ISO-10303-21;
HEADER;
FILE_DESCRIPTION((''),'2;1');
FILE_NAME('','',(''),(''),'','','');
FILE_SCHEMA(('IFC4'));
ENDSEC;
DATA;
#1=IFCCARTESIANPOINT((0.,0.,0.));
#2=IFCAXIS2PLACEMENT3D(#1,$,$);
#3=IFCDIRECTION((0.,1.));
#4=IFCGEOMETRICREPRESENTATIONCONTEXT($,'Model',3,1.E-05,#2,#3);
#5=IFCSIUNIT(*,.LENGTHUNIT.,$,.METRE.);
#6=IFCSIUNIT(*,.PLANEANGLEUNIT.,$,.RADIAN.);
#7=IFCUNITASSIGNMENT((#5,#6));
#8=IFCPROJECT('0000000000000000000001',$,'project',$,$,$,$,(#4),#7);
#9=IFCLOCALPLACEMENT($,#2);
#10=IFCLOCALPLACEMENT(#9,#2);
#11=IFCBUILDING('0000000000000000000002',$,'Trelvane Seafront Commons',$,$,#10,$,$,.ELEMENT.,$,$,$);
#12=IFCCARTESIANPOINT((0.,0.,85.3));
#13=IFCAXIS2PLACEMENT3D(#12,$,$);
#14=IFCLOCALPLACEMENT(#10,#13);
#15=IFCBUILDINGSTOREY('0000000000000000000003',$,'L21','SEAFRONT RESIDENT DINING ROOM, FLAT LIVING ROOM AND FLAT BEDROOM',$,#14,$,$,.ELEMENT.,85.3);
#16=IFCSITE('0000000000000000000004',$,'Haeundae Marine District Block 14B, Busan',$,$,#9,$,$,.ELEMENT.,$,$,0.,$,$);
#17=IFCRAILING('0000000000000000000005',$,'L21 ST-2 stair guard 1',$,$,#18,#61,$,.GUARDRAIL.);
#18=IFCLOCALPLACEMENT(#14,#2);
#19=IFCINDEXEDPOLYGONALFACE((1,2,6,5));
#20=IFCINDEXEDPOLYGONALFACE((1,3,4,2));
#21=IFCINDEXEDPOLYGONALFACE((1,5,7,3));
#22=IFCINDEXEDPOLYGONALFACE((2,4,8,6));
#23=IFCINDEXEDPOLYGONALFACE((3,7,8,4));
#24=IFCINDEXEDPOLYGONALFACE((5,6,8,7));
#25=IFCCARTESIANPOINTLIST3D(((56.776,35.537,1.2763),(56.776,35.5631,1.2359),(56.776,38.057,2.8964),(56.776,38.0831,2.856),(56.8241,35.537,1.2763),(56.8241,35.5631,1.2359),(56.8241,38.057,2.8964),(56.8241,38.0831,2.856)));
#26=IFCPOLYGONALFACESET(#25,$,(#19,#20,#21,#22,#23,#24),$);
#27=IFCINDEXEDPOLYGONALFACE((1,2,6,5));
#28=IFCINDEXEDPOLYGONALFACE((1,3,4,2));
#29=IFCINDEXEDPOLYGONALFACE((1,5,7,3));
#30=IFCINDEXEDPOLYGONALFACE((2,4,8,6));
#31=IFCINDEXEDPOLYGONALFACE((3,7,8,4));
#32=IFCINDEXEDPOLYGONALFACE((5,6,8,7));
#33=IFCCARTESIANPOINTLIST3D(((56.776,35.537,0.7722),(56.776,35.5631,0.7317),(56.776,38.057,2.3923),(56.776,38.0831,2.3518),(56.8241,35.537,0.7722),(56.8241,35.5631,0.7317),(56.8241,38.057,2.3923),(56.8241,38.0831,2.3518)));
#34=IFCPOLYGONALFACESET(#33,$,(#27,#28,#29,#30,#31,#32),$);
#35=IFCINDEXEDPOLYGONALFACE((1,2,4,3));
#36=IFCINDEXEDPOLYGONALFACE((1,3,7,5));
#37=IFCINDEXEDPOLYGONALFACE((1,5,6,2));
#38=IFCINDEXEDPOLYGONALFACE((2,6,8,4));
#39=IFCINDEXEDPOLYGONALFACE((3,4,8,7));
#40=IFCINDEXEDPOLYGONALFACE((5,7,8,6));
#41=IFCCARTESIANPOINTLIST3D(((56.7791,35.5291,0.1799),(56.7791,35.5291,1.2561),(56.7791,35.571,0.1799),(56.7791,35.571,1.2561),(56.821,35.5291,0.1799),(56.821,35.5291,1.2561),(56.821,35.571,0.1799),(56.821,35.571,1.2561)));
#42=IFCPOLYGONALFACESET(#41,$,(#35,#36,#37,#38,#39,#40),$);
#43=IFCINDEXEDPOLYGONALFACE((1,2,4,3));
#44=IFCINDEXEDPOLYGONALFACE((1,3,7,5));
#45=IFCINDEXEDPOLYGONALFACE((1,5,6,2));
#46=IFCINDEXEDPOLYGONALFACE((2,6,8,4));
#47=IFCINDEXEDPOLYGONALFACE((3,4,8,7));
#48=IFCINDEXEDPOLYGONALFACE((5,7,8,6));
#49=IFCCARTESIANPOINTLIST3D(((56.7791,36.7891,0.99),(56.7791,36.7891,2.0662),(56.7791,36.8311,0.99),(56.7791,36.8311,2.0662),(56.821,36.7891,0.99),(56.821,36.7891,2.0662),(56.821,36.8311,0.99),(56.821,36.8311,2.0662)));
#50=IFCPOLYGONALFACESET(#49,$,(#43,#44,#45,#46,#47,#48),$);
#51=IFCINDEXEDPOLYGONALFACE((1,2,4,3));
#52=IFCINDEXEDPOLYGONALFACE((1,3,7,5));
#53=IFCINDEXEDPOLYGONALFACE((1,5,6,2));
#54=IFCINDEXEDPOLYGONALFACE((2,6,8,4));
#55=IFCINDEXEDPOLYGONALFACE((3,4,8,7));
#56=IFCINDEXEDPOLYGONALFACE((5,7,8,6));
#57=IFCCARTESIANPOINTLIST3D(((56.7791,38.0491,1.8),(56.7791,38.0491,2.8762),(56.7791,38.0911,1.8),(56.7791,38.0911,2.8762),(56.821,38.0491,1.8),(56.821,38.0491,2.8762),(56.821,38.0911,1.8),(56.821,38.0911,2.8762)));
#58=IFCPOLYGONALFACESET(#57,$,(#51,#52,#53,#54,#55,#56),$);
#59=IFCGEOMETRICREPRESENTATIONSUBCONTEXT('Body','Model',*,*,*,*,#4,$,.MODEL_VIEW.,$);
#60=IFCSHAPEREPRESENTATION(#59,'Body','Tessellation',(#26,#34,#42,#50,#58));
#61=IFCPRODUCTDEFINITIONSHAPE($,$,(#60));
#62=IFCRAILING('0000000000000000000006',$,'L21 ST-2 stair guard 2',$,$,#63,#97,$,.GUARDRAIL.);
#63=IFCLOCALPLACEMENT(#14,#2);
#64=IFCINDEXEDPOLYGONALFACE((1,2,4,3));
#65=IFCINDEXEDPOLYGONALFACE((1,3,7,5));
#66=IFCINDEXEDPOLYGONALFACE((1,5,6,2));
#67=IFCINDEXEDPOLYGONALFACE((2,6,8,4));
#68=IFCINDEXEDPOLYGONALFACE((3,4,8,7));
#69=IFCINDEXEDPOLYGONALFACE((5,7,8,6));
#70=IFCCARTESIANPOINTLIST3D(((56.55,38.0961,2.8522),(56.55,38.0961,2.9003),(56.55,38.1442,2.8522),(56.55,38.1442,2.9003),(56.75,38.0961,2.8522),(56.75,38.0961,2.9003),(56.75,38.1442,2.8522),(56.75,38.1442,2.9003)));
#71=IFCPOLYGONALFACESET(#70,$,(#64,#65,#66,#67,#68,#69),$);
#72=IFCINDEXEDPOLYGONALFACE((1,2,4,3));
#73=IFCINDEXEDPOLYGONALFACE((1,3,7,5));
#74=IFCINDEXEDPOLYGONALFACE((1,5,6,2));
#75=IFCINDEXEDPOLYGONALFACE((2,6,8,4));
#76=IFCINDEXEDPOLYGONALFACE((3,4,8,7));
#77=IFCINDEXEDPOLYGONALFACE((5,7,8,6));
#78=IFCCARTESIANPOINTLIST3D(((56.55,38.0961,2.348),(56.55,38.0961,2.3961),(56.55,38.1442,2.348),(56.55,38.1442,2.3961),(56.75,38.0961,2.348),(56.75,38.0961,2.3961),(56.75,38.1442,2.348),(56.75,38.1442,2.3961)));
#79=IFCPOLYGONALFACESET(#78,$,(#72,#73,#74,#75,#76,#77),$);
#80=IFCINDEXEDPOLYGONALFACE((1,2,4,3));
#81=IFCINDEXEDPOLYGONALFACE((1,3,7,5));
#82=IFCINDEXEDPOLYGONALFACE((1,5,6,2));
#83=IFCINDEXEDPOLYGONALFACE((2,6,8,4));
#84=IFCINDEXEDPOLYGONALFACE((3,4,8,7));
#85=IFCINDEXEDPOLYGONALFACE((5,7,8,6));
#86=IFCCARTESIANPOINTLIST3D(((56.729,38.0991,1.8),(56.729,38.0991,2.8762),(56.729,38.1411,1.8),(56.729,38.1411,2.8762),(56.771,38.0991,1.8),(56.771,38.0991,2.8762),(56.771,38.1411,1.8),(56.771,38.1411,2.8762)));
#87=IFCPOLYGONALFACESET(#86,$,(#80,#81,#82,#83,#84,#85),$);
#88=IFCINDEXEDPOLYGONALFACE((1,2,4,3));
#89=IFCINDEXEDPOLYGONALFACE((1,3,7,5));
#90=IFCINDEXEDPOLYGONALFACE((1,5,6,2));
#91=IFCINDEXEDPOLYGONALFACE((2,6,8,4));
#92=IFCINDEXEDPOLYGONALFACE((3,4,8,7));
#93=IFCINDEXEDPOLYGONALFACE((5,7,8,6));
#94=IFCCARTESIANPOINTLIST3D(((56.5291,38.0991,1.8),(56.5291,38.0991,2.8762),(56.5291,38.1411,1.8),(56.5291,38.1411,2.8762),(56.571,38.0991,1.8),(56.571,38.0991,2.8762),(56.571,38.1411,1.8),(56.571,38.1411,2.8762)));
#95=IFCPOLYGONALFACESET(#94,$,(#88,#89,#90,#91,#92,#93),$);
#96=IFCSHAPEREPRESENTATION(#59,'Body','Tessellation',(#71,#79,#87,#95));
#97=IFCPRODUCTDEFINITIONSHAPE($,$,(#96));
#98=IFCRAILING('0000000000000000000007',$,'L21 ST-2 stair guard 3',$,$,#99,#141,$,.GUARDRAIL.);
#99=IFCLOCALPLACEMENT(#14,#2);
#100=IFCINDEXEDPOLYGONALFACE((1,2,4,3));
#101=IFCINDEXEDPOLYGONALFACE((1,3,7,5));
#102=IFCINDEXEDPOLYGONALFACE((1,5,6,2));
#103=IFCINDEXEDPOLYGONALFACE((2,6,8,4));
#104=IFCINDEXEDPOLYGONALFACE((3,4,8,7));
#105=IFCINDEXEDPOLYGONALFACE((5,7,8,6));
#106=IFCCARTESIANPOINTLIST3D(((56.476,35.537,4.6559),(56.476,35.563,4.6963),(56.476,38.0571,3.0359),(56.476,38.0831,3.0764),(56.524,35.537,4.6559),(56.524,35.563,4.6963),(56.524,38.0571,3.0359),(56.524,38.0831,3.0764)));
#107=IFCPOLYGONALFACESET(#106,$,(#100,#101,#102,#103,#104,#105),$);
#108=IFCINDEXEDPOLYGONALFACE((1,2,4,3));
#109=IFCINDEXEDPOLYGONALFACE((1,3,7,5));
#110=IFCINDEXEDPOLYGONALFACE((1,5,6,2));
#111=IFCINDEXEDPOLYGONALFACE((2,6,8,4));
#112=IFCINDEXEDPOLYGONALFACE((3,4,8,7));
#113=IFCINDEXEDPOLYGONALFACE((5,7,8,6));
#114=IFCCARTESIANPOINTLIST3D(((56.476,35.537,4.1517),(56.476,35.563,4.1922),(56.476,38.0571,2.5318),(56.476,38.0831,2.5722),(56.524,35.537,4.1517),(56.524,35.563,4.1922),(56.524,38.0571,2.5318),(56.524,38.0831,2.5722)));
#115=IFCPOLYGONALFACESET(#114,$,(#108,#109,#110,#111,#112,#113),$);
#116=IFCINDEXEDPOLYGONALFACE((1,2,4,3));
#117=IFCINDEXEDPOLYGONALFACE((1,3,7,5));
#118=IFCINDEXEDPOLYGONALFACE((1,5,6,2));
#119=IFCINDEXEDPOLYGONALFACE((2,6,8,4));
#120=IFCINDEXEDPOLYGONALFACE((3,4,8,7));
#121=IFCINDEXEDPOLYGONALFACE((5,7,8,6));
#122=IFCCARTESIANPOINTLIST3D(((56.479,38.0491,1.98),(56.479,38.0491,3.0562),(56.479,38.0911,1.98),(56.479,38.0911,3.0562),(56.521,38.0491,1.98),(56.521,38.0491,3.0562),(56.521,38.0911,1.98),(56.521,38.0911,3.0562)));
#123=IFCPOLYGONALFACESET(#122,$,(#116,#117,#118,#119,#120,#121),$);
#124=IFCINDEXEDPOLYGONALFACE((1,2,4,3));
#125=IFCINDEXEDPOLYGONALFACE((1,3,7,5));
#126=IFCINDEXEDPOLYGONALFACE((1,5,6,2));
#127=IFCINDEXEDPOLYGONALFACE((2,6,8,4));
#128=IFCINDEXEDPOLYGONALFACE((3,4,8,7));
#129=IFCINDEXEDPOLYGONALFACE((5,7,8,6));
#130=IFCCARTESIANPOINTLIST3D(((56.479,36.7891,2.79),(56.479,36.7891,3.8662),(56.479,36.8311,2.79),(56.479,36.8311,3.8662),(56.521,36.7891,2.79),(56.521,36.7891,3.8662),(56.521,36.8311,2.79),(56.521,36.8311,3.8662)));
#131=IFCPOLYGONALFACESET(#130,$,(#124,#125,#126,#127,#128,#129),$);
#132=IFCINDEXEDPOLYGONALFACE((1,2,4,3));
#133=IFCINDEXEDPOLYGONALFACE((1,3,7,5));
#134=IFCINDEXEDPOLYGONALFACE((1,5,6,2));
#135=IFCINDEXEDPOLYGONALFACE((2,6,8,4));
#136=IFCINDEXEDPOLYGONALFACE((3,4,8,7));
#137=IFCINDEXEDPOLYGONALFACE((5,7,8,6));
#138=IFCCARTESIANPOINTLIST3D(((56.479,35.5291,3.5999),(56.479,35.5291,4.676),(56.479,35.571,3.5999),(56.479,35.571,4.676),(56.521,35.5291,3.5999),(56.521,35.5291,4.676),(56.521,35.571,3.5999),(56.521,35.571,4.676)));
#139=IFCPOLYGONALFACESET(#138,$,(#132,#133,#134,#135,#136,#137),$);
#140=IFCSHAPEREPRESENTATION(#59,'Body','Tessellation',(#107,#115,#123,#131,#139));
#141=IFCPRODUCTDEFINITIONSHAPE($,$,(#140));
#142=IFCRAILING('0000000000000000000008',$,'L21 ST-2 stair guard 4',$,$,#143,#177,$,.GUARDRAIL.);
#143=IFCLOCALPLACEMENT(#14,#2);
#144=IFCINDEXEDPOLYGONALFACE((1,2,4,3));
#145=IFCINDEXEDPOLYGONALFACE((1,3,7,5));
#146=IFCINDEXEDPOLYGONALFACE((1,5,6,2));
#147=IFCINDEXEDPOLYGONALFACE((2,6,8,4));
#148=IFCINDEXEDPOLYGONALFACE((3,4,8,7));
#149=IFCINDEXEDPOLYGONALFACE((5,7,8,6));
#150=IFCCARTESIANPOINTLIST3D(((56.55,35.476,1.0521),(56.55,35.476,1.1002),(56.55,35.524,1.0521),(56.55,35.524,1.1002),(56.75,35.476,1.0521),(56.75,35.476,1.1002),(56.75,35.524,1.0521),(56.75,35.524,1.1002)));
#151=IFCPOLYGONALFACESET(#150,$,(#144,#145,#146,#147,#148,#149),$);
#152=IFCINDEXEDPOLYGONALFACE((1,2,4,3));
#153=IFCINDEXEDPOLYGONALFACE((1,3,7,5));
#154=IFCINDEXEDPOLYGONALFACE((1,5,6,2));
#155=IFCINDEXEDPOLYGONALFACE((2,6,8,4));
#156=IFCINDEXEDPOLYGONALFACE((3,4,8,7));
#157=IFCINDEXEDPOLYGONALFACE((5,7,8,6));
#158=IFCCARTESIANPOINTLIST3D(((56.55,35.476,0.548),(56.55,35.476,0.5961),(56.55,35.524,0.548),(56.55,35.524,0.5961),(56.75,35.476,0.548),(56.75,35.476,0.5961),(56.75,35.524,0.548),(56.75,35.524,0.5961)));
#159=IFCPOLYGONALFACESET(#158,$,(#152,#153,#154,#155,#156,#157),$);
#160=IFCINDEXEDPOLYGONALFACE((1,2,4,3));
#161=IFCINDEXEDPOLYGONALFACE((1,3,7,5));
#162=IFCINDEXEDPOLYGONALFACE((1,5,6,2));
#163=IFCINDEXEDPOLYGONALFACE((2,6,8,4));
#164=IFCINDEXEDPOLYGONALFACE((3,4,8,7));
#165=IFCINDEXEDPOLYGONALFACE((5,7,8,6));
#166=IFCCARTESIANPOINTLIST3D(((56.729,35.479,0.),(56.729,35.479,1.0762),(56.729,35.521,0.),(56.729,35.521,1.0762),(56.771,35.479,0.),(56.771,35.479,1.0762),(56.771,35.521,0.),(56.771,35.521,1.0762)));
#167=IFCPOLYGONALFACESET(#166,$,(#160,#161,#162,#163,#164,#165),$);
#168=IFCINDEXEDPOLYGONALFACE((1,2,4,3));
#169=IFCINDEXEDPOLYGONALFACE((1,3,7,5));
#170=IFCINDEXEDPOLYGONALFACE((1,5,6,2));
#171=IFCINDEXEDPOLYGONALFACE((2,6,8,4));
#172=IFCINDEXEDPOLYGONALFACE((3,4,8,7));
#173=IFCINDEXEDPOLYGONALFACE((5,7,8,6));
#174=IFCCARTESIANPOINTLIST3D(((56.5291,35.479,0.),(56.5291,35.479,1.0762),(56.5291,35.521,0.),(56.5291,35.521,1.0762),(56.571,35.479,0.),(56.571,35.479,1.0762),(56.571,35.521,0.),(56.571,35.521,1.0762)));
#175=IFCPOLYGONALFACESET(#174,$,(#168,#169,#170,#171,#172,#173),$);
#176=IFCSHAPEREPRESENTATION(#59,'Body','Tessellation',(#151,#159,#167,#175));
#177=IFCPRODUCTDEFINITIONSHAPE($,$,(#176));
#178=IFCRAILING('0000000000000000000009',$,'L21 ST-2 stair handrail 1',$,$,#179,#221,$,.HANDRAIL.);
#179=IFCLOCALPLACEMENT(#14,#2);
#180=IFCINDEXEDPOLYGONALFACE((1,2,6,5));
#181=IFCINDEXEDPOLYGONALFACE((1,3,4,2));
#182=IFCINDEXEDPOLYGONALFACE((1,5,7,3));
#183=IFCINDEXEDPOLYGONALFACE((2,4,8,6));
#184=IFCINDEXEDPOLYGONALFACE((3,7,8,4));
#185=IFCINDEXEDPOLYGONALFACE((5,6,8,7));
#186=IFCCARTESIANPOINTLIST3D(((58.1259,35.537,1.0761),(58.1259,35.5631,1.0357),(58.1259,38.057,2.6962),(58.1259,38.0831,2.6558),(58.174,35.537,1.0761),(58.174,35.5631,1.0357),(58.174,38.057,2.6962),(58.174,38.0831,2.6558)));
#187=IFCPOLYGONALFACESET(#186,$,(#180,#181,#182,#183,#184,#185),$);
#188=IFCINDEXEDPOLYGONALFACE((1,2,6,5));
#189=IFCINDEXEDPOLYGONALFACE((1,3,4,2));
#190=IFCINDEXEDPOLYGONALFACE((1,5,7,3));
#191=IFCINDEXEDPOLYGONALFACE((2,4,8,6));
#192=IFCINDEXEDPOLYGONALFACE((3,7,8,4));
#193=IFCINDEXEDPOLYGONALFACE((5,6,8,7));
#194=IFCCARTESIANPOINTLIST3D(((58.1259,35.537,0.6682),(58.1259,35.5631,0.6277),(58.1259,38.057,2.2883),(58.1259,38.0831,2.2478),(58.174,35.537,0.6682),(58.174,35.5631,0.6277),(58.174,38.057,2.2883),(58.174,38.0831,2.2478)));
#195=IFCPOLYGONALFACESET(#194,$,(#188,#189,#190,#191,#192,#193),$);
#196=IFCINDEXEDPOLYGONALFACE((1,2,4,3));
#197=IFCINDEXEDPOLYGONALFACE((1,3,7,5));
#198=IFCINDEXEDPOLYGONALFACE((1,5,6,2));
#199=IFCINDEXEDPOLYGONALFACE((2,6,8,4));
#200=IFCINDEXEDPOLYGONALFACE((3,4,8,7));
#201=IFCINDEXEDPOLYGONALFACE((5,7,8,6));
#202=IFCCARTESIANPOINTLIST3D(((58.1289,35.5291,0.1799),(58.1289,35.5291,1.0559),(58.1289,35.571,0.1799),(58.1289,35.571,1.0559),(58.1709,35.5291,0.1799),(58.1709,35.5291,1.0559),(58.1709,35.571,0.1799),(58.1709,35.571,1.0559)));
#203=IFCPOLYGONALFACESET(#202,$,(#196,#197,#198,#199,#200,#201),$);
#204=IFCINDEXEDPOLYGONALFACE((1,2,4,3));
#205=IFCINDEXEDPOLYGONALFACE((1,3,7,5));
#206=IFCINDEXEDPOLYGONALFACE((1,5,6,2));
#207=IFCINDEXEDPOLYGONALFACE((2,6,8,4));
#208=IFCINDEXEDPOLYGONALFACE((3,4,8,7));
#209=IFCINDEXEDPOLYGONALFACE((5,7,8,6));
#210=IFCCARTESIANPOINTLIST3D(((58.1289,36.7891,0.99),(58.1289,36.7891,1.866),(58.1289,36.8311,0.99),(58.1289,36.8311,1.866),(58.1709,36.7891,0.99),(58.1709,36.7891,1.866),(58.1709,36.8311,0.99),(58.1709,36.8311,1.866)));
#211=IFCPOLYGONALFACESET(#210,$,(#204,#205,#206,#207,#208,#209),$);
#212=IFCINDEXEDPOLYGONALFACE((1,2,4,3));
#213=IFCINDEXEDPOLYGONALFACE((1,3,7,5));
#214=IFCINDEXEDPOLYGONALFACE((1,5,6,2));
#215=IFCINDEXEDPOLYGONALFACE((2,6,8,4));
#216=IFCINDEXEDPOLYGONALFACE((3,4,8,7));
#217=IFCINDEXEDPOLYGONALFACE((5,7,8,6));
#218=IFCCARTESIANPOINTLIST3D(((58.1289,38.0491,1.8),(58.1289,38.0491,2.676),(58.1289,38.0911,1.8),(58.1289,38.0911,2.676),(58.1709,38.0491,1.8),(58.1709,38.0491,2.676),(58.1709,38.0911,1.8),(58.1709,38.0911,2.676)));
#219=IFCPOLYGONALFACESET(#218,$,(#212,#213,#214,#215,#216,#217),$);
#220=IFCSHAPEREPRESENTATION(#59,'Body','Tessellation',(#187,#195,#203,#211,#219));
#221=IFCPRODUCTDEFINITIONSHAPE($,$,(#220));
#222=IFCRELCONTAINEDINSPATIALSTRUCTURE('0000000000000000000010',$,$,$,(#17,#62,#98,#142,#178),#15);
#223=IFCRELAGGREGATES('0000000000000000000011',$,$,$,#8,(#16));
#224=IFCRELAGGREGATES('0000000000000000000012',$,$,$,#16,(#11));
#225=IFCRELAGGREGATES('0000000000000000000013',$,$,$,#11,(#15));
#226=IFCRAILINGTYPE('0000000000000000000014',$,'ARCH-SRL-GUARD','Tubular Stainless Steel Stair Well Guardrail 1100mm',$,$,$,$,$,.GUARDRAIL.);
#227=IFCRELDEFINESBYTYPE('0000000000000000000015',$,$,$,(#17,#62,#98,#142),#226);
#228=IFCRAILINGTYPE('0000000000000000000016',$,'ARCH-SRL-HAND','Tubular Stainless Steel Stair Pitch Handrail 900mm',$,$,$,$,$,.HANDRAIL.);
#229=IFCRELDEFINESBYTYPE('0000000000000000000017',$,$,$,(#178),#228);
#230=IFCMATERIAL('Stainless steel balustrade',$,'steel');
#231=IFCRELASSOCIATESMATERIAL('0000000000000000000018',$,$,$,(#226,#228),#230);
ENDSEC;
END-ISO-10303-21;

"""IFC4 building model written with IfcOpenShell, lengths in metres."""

from ifc_helpers import new_model, si_unit, direction, frame, origin, origin_2d, place, context, subcontext, project, spatial, rectangle, extrude, material, type_object, element, save


model = new_model("IFC4")

# Units and contexts
model_context = context("Model", 3, precision=1e-05, world=origin(), true_north=direction((0.0, 1.0)))
body_context = subcontext(model_context, "Body", "Model", "MODEL_VIEW")
ifc_project = project(units=[si_unit("LENGTHUNIT", "METRE"), si_unit("PLANEANGLEUNIT", "RADIAN")], contexts=[model_context])

# Site, building, storey
site_placement = place(None, origin())
site = spatial("IfcSite", under=ifc_project, at=site_placement, Name="Haeundae Marine District Block 14B, Busan", CompositionType="ELEMENT", RefElevation=0.0)
building_placement = place(site_placement, origin())
building = spatial("IfcBuilding", under=site, at=building_placement, Name="Trelvane Seafront Commons", CompositionType="ELEMENT")
storey_placement = place(building_placement, frame((0.0, 0.0, 85.3)))
storey = spatial("IfcBuildingStorey", under=building, at=storey_placement, Name="L21", Description="SEAFRONT RESIDENT DINING ROOM, FLAT LIVING ROOM AND FLAT BEDROOM", CompositionType="ELEMENT", Elevation=85.3)

# Railings
ifc_material_1 = material(Name="Stainless steel balustrade", Category="steel")
railing_type_1 = type_object("IfcRailingType", Name="ARCH-SRL-GUARD", Description="Tubular Stainless Steel Stair Well Guardrail 1100mm", PredefinedType="GUARDRAIL", material=ifc_material_1)
railing_1_placement = place(storey_placement, frame((56.8, 35.55, 0.1799)))
element("IfcRailing", 1, at=railing_1_placement, inside=storey, type_object=railing_type_1, Name="L21 ST-2 stair guard 1", PredefinedType="GUARDRAIL", context=body_context, shape_type="SweptSolid", body=[
    extrude(rectangle(XDim=0.0481, YDim=0.0481, at=origin_2d()), frame((0.0, 0.0, 1.0762), z_axis=(0.0, 0.841163, 0.540782), x_axis=(-1.0, 0.0, 0.0)), (0.0, 0.0, 1.0), 2.9958),
    extrude(rectangle(XDim=0.0481, YDim=0.0481, at=origin_2d()), frame((0.0, 0.0, 0.572), z_axis=(0.0, 0.841163, 0.540782), x_axis=(-1.0, 0.0, 0.0)), (0.0, 0.0, 1.0), 2.9958),
    extrude(rectangle(XDim=0.042, YDim=0.042, at=origin_2d()), origin(), (0.0, 0.0, 1.0), 1.0762),
    extrude(rectangle(XDim=0.042, YDim=0.042, at=origin_2d()), frame((0.0, 1.26, 0.8101)), (0.0, 0.0, 1.0), 1.0762),
    extrude(rectangle(XDim=0.042, YDim=0.042, at=origin_2d()), frame((0.0, 2.52, 1.6201)), (0.0, 0.0, 1.0), 1.0762),
])
railing_2_placement = place(storey_placement, frame((56.75, 38.1201, 1.8)))
element("IfcRailing", 2, at=railing_2_placement, inside=storey, type_object=railing_type_1, Name="L21 ST-2 stair guard 2", PredefinedType="GUARDRAIL", context=body_context, shape_type="SweptSolid", body=[
    extrude(rectangle(XDim=0.0481, YDim=0.0481, at=origin_2d()), frame((0.0, 0.0, 1.0762), z_axis=(-1.0, 0.0, 0.0), x_axis=(0.0, -1.0, 0.0)), (0.0, 0.0, 1.0), 0.2),
    extrude(rectangle(XDim=0.0481, YDim=0.0481, at=origin_2d()), frame((0.0, 0.0, 0.572), z_axis=(-1.0, 0.0, 0.0), x_axis=(0.0, -1.0, 0.0)), (0.0, 0.0, 1.0), 0.2),
    extrude(rectangle(XDim=0.042, YDim=0.042, at=origin_2d()), origin(), (0.0, 0.0, 1.0), 1.0762),
    extrude(rectangle(XDim=0.042, YDim=0.042, at=origin_2d()), frame((-0.2, 0.0, 0.0)), (0.0, 0.0, 1.0), 1.0762),
])
railing_3_placement = place(storey_placement, frame((56.5, 38.0701, 1.98)))
element("IfcRailing", 3, at=railing_3_placement, inside=storey, type_object=railing_type_1, Name="L21 ST-2 stair guard 3", PredefinedType="GUARDRAIL", context=body_context, shape_type="SweptSolid", body=[
    extrude(rectangle(XDim=0.0481, YDim=0.0481, at=origin_2d()), frame((0.0, 0.0, 1.0762), z_axis=(0.0, -0.8412, 0.540725), x_axis=(1.0, 0.0, 0.0)), (0.0, 0.0, 1.0), 2.9958),
    extrude(rectangle(XDim=0.0481, YDim=0.0481, at=origin_2d()), frame((0.0, 0.0, 0.572), z_axis=(0.0, -0.8412, 0.540725), x_axis=(1.0, 0.0, 0.0)), (0.0, 0.0, 1.0), 2.9958),
    extrude(rectangle(XDim=0.042, YDim=0.042, at=origin_2d()), origin(), (0.0, 0.0, 1.0), 1.0762),
    extrude(rectangle(XDim=0.042, YDim=0.042, at=origin_2d()), frame((0.0, -1.26, 0.8101)), (0.0, 0.0, 1.0), 1.0762),
    extrude(rectangle(XDim=0.042, YDim=0.042, at=origin_2d()), frame((0.0, -2.52, 1.6199)), (0.0, 0.0, 1.0), 1.0762),
])
railing_4_placement = place(storey_placement, frame((56.75, 35.5, 0.0)))
element("IfcRailing", 4, at=railing_4_placement, inside=storey, type_object=railing_type_1, Name="L21 ST-2 stair guard 4", PredefinedType="GUARDRAIL", context=body_context, shape_type="SweptSolid", body=[
    extrude(rectangle(XDim=0.0481, YDim=0.0481, at=origin_2d()), frame((0.0, 0.0, 1.0762), z_axis=(-1.0, 0.0, 0.0), x_axis=(0.0, -1.0, 0.0)), (0.0, 0.0, 1.0), 0.2),
    extrude(rectangle(XDim=0.0481, YDim=0.0481, at=origin_2d()), frame((0.0, 0.0, 0.572), z_axis=(-1.0, 0.0, 0.0), x_axis=(0.0, -1.0, 0.0)), (0.0, 0.0, 1.0), 0.2),
    extrude(rectangle(XDim=0.042, YDim=0.042, at=origin_2d()), origin(), (0.0, 0.0, 1.0), 1.0762),
    extrude(rectangle(XDim=0.042, YDim=0.042, at=origin_2d()), frame((-0.2, 0.0, 0.0)), (0.0, 0.0, 1.0), 1.0762),
])
railing_type_2 = type_object("IfcRailingType", Name="ARCH-SRL-HAND", Description="Tubular Stainless Steel Stair Pitch Handrail 900mm", PredefinedType="HANDRAIL", material=ifc_material_1)
railing_5_placement = place(storey_placement, frame((58.1499, 35.55, 0.1799)))
element("IfcRailing", 5, at=railing_5_placement, inside=storey, type_object=railing_type_2, Name="L21 ST-2 stair handrail 1", PredefinedType="HANDRAIL", context=body_context, shape_type="SweptSolid", body=[
    extrude(rectangle(XDim=0.0481, YDim=0.0481, at=origin_2d()), frame((0.0, 0.0, 0.876), z_axis=(0.0, 0.841163, 0.540782), x_axis=(-1.0, 0.0, 0.0)), (0.0, 0.0, 1.0), 2.9958),
    extrude(rectangle(XDim=0.0481, YDim=0.0481, at=origin_2d()), frame((0.0, 0.0, 0.468), z_axis=(0.0, 0.841163, 0.540782), x_axis=(-1.0, 0.0, 0.0)), (0.0, 0.0, 1.0), 2.9958),
    extrude(rectangle(XDim=0.042, YDim=0.042, at=origin_2d()), origin(), (0.0, 0.0, 1.0), 0.876),
    extrude(rectangle(XDim=0.042, YDim=0.042, at=origin_2d()), frame((0.0, 1.26, 0.8101)), (0.0, 0.0, 1.0), 0.876),
    extrude(rectangle(XDim=0.042, YDim=0.042, at=origin_2d()), frame((0.0, 2.52, 1.6201)), (0.0, 0.0, 1.0), 0.876),
])

save(model, "model.ifc")
